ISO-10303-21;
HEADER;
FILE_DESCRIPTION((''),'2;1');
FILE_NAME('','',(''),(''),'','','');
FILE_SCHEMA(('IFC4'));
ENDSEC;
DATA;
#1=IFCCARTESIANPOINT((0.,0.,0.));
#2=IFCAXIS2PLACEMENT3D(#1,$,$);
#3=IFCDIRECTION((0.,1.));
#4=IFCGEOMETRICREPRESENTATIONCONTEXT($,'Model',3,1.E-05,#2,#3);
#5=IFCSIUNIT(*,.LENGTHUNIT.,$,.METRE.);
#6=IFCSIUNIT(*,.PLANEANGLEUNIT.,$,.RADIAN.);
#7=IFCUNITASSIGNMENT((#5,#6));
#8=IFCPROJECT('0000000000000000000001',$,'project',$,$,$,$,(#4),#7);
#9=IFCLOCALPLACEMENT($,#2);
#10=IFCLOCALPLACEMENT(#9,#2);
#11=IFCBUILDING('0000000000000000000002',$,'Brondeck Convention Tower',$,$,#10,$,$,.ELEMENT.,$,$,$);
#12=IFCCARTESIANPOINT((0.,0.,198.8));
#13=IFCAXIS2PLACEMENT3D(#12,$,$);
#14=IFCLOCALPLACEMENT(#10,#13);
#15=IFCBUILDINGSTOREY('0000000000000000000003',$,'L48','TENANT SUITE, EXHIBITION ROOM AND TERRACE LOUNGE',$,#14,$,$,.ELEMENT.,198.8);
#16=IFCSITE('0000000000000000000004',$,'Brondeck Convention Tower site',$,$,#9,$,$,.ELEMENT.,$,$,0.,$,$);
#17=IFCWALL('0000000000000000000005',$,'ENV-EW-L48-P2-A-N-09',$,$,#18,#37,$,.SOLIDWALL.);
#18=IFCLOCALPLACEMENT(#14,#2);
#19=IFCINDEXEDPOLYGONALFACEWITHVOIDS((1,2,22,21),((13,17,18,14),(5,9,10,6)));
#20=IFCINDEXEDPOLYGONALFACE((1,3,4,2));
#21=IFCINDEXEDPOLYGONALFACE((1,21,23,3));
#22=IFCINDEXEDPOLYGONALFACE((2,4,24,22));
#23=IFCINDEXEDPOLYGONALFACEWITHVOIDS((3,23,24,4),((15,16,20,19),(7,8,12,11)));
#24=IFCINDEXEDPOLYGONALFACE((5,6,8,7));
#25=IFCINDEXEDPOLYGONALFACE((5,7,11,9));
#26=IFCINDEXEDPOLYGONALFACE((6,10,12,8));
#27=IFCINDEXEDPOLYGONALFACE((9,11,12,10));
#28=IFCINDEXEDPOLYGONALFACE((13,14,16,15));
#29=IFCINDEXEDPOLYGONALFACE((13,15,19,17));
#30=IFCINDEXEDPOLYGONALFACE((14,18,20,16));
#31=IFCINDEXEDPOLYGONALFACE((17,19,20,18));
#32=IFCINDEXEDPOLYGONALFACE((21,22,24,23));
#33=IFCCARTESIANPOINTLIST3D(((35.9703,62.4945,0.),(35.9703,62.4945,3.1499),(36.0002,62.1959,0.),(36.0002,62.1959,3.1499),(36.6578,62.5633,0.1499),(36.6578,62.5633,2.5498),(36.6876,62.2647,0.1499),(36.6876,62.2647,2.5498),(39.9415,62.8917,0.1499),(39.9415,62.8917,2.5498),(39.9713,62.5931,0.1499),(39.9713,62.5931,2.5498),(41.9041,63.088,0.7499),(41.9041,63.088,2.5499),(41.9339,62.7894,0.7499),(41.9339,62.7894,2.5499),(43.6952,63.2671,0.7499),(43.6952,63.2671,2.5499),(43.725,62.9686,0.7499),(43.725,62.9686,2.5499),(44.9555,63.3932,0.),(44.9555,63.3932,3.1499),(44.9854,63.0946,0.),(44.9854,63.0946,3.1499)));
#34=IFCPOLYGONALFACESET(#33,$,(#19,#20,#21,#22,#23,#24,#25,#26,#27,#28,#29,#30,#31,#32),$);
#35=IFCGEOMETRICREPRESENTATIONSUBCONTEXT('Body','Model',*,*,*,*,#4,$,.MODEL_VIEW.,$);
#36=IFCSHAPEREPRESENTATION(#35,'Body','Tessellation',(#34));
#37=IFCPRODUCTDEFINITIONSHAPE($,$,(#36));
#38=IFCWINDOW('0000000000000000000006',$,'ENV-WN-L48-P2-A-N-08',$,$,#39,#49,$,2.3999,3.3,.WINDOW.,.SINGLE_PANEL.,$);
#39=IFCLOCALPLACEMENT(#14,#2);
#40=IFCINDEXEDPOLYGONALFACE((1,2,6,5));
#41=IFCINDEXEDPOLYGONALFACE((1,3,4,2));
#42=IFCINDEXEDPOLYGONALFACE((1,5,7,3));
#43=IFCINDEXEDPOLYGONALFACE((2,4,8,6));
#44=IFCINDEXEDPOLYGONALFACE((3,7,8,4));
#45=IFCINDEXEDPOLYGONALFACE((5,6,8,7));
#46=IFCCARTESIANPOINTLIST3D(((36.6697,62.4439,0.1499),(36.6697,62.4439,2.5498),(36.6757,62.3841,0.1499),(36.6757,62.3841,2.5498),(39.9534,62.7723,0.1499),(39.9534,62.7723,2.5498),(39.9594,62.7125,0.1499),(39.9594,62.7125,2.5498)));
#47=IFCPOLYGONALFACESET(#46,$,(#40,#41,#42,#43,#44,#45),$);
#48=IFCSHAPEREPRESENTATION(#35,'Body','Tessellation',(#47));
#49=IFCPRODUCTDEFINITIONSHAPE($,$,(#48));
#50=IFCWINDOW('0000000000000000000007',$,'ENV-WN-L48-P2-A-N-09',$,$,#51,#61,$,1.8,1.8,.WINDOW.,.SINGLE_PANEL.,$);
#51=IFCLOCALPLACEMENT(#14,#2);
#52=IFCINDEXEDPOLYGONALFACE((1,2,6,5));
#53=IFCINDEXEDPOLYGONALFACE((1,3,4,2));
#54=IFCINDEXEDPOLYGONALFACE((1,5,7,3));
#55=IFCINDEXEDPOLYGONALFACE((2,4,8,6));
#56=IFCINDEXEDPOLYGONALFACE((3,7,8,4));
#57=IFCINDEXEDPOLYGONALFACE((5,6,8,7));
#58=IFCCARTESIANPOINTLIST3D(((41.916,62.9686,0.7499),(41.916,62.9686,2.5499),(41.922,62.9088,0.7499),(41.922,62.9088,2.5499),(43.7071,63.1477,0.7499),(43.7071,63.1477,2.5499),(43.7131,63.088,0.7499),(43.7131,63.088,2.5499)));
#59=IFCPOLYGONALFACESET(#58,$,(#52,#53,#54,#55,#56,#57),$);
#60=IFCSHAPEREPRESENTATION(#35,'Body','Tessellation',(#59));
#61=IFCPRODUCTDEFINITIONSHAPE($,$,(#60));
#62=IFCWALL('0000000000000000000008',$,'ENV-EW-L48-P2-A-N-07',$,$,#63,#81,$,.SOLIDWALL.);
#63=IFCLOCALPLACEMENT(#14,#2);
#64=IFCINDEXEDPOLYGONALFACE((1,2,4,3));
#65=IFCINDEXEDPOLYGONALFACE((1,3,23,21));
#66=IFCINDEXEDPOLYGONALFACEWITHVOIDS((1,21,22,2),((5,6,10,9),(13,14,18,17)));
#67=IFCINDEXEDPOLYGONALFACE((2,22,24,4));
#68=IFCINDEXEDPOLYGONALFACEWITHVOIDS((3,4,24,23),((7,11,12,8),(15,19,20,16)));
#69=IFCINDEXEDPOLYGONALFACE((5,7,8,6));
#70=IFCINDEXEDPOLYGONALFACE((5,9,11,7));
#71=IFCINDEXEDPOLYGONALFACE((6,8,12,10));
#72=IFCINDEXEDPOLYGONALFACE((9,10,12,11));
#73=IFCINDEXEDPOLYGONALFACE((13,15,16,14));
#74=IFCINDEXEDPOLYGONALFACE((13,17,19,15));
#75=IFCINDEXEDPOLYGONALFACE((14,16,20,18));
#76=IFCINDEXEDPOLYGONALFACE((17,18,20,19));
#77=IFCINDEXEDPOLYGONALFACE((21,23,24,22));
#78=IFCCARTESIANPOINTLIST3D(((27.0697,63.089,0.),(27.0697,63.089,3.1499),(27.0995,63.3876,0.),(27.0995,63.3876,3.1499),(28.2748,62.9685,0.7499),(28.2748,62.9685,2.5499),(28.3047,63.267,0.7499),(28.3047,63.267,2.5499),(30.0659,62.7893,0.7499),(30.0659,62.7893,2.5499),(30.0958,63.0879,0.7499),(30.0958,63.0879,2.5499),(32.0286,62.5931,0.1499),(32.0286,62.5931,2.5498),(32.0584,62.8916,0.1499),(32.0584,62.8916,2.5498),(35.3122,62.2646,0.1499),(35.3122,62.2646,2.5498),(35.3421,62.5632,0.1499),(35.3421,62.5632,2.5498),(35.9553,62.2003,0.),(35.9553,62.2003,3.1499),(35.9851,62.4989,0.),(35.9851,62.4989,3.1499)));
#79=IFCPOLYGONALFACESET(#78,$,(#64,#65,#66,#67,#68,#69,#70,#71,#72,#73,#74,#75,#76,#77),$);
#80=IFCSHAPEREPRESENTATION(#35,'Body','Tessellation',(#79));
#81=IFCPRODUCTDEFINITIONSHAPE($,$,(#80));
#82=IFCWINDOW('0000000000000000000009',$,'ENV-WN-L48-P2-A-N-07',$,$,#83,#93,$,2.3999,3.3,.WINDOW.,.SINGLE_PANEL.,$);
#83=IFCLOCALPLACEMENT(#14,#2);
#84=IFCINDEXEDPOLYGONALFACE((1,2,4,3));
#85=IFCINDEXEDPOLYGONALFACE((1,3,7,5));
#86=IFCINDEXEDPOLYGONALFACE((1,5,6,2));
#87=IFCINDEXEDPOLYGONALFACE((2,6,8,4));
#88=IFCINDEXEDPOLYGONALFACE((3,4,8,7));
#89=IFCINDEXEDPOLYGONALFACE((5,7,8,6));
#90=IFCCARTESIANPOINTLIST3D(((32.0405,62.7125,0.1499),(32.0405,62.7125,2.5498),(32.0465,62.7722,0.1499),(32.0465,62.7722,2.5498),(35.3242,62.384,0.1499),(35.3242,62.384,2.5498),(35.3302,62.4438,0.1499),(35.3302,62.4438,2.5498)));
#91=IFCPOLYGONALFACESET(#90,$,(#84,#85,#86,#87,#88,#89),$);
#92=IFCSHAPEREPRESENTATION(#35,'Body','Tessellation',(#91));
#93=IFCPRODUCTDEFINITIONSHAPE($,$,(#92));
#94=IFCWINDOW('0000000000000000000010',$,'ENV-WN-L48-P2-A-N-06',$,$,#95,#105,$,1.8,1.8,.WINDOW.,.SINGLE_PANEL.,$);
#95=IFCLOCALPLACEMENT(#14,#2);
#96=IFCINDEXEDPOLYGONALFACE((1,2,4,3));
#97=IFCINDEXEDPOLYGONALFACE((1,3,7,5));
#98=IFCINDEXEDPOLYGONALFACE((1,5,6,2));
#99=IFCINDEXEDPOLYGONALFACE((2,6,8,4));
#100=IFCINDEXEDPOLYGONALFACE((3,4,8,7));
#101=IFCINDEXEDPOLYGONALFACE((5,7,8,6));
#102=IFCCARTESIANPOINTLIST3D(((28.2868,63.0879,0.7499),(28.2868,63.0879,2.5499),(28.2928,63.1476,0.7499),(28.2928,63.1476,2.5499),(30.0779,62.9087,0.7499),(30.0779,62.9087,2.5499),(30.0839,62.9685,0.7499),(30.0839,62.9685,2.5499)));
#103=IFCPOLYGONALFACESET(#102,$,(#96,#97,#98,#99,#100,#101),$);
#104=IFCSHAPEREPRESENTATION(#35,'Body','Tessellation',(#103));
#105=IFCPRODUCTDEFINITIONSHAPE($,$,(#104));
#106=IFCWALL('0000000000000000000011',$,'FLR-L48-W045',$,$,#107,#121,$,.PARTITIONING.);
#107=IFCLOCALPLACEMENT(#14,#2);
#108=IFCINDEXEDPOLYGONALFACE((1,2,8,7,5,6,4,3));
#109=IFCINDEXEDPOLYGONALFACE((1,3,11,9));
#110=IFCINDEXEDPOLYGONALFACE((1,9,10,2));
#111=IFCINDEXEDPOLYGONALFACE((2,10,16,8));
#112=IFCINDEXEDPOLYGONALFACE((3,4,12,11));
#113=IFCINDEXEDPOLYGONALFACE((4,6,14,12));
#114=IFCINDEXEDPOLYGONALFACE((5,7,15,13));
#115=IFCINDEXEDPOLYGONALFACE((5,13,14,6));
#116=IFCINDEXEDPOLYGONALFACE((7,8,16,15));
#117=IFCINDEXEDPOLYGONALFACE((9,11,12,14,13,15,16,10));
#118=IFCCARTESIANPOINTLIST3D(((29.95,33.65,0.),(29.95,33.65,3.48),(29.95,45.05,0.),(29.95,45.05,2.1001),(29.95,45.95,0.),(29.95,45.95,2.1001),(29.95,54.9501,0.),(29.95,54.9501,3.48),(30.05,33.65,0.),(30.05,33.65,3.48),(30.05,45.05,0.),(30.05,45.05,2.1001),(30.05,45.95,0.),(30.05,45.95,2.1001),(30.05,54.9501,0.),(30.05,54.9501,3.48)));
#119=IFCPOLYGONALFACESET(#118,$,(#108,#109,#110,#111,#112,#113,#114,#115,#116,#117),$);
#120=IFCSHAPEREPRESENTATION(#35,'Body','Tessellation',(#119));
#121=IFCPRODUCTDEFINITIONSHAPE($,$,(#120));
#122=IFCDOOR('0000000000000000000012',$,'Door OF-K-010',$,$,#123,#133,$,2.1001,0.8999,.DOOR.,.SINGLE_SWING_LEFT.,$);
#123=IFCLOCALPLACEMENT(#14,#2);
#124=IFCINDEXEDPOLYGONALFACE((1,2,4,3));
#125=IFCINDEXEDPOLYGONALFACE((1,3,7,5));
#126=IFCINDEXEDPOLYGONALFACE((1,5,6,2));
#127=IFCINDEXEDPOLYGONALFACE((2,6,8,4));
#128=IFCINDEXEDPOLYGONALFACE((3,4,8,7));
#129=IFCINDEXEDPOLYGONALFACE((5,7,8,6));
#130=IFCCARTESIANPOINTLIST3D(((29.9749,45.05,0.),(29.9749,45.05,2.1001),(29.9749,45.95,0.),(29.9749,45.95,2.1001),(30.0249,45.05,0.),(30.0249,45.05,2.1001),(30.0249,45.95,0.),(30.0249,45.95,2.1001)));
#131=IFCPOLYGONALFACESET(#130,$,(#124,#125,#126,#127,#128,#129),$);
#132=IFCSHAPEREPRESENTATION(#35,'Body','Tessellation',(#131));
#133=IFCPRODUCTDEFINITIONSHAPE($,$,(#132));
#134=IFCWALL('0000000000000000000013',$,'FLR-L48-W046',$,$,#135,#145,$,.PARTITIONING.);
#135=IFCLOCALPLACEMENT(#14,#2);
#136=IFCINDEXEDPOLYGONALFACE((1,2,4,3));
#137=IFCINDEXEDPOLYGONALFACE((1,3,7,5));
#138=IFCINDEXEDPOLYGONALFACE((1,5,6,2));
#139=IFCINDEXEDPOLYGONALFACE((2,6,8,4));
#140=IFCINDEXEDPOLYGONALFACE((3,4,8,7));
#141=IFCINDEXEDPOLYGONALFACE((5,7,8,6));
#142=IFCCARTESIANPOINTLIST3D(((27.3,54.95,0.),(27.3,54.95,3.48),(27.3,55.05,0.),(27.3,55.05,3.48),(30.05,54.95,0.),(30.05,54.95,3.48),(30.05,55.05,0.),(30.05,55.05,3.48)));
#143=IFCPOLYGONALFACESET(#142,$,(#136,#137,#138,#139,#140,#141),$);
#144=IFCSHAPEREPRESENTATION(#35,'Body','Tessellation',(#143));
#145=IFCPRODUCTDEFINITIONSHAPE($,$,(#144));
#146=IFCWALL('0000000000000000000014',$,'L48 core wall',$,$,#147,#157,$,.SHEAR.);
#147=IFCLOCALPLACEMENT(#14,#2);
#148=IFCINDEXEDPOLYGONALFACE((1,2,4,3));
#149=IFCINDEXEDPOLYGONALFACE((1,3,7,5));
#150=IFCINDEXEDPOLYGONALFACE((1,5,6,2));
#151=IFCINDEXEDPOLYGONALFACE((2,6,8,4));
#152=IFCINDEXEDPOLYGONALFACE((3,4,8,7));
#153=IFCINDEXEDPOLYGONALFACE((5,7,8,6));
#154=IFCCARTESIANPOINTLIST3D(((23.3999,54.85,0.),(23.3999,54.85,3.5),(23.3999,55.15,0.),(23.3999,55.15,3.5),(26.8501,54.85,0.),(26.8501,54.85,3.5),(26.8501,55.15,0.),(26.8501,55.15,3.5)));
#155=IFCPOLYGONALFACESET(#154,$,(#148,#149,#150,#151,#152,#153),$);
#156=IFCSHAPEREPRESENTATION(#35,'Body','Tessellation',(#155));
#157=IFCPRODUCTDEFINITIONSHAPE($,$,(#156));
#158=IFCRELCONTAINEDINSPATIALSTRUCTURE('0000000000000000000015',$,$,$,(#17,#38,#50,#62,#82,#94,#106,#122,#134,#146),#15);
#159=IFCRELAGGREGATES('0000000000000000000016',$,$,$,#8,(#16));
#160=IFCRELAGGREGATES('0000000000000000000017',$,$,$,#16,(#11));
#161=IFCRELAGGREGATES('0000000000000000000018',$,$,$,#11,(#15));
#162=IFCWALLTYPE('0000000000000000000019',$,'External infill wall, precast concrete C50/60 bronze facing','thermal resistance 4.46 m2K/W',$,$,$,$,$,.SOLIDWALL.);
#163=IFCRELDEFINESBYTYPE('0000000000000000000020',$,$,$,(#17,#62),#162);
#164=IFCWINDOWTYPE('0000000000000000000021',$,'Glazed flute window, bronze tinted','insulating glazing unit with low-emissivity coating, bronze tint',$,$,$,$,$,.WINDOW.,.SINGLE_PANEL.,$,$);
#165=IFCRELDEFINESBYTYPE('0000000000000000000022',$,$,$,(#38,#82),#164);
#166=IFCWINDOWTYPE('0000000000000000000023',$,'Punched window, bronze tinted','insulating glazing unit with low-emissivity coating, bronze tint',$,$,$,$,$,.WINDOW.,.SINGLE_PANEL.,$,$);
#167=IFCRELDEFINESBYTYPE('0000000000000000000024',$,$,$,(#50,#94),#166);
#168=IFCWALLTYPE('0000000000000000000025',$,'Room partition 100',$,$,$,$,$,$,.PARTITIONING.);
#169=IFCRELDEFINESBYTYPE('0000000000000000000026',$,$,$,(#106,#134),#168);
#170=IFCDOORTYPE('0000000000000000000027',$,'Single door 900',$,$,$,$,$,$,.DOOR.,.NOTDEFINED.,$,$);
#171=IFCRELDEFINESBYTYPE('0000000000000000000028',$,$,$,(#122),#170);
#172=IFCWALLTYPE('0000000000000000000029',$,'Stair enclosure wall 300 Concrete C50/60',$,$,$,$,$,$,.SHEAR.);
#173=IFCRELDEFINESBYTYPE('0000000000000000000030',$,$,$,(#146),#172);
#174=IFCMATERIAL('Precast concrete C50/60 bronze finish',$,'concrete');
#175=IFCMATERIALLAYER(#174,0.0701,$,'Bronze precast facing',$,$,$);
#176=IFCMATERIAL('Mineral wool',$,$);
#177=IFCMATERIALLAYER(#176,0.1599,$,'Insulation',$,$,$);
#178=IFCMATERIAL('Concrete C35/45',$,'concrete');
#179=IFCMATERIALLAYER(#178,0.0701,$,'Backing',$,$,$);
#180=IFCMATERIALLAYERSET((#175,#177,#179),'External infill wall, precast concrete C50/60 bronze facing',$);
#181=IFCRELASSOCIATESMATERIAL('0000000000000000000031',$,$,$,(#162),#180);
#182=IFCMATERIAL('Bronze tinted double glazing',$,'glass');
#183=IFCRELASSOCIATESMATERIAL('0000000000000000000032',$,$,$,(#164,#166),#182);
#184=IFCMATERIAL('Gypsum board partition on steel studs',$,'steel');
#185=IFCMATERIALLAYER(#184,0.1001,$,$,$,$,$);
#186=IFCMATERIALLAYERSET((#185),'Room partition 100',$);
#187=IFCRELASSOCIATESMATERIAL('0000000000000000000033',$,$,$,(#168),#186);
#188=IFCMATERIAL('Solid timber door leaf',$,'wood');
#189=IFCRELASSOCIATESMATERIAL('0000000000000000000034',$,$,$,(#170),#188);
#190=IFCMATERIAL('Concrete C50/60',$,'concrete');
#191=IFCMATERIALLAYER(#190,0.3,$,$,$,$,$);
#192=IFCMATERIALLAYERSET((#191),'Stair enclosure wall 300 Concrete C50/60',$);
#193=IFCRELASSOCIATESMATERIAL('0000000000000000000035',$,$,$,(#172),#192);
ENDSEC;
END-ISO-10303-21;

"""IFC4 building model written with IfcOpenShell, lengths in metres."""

from ifc_helpers import new_model, si_unit, direction, frame, frame_2d, origin, place, context, subcontext, project, spatial, rectangle, extrude, material, layer, layer_set, type_object, element, fill, save


model = new_model("IFC4")

# Units and contexts
model_context = context("Model", 3, precision=1e-05, world=origin(), true_north=direction((0.0, 1.0)))
body_context = subcontext(model_context, "Body", "Model", "MODEL_VIEW")
ifc_project = project(units=[si_unit("LENGTHUNIT", "METRE"), si_unit("PLANEANGLEUNIT", "RADIAN")], contexts=[model_context])

# Site, building, storey
site_placement = place(None, origin())
site = spatial("IfcSite", under=ifc_project, at=site_placement, Name="Brondeck Convention Tower site", CompositionType="ELEMENT", RefElevation=0.0)
building_placement = place(site_placement, origin())
building = spatial("IfcBuilding", under=site, at=building_placement, Name="Brondeck Convention Tower", CompositionType="ELEMENT")
storey_placement = place(building_placement, frame((0.0, 0.0, 198.8)))
storey = spatial("IfcBuildingStorey", under=building, at=storey_placement, Name="L48", Description="TENANT SUITE, EXHIBITION ROOM AND TERRACE LOUNGE", CompositionType="ELEMENT", Elevation=198.8)

# Shared definitions
ifc_material_1 = material(Name="Concrete C50/60", Category="concrete")

# Walls, openings, windows
ifc_material_2 = material(Name="Precast concrete C50/60 bronze finish", Category="concrete")
ifc_layer_1 = layer(ifc_material_2, 0.0701, Name="Bronze precast facing")
ifc_material_3 = material(Name="Mineral wool")
ifc_layer_2 = layer(ifc_material_3, 0.1599, Name="Insulation")
ifc_material_4 = material(Name="Concrete C35/45", Category="concrete")
ifc_layer_3 = layer(ifc_material_4, 0.0701, Name="Backing")
ifc_layer_set_1 = layer_set([ifc_layer_1, ifc_layer_2, ifc_layer_3], Name="External infill wall, precast concrete C50/60 bronze facing")
wall_type_1 = type_object("IfcWallType", Name="External infill wall, precast concrete C50/60 bronze facing", Description="thermal resistance 4.46 m2K/W", PredefinedType="SOLIDWALL", material=ifc_layer_set_1)
wall_1_placement = place(storey_placement, frame((35.9851, 62.3452, 0.0), z_axis=(0.0, 0.0, 1.0), x_axis=(0.995035, 0.099522, 0.0)))
wall_1 = element("IfcWall", 1, at=wall_1_placement, inside=storey, type_object=wall_type_1, Name="ENV-EW-L48-P2-A-N-09", PredefinedType="SOLIDWALL", context=body_context, shape_type="SweptSolid", body=[
    extrude(rectangle(XDim=9.03, YDim=0.3, at=frame_2d((4.5151, 0.0))), origin(), (0.0, 0.0, 1.0), 3.1499),
])
opening_1_placement = place(wall_1_placement, frame((0.6912, 0.0, 0.1499)))
opening_1 = element("IfcOpeningElement", 2, at=opening_1_placement, cuts=wall_1, PredefinedType="OPENING", context=body_context, shape_type="SweptSolid", body=[
    extrude(rectangle(XDim=3.3, YDim=2.3999, at=frame_2d((1.6499, 1.2))), frame((0.0, 0.1599, 0.0), z_axis=(0.0, -1.0, 0.0), x_axis=(1.0, 0.0, 0.0)), (0.0, 0.0, 1.0), 0.3201),
])
opening_2_placement = place(wall_1_placement, frame((5.9636, 0.0, 0.75)))
opening_2 = element("IfcOpeningElement", 3, at=opening_2_placement, cuts=wall_1, PredefinedType="OPENING", context=body_context, shape_type="SweptSolid", body=[
    extrude(rectangle(XDim=1.8, YDim=1.8, at=frame_2d((0.8999, 0.8999))), frame((0.0, 0.1599, 0.0), z_axis=(0.0, -1.0, 0.0), x_axis=(1.0, 0.0, 0.0)), (0.0, 0.0, 1.0), 0.3201),
])
ifc_material_5 = material(Name="Bronze tinted double glazing", Category="glass")
window_type_1 = type_object("IfcWindowType", Name="Glazed flute window, bronze tinted", Description="insulating glazing unit with low-emissivity coating, bronze tint", PartitioningType="SINGLE_PANEL", PredefinedType="WINDOW", material=ifc_material_5)
window_1_placement = place(opening_1_placement, origin())
window_1 = element("IfcWindow", 4, at=window_1_placement, inside=storey, type_object=window_type_1, Name="ENV-WN-L48-P2-A-N-08", OverallHeight=2.3999, OverallWidth=3.3, PartitioningType="SINGLE_PANEL", PredefinedType="WINDOW", context=body_context, shape_type="SweptSolid", body=[
    extrude(rectangle(XDim=3.3, YDim=2.3999, at=frame_2d((1.6499, 1.2))), frame((0.0, 0.03, 0.0), z_axis=(0.0, -1.0, 0.0), x_axis=(1.0, 0.0, 0.0)), (0.0, 0.0, 1.0), 0.0601),
])
fill(opening_1, window_1)
window_type_2 = type_object("IfcWindowType", Name="Punched window, bronze tinted", Description="insulating glazing unit with low-emissivity coating, bronze tint", PartitioningType="SINGLE_PANEL", PredefinedType="WINDOW", material=ifc_material_5)
window_2_placement = place(opening_2_placement, origin())
window_2 = element("IfcWindow", 5, at=window_2_placement, inside=storey, type_object=window_type_2, Name="ENV-WN-L48-P2-A-N-09", OverallHeight=1.8, OverallWidth=1.8, PartitioningType="SINGLE_PANEL", PredefinedType="WINDOW", context=body_context, shape_type="SweptSolid", body=[
    extrude(rectangle(XDim=1.8, YDim=1.8, at=frame_2d((0.8999, 0.8999))), frame((0.0, 0.03, 0.0), z_axis=(0.0, -1.0, 0.0), x_axis=(1.0, 0.0, 0.0)), (0.0, 0.0, 1.0), 0.0601),
])
fill(opening_2, window_2)
wall_2_placement = place(storey_placement, frame((27.0847, 63.2383, 0.0), z_axis=(0.0, 0.0, 1.0), x_axis=(0.995036, -0.099517, 0.0)))
wall_2 = element("IfcWall", 6, at=wall_2_placement, inside=storey, type_object=wall_type_1, Name="ENV-EW-L48-P2-A-N-07", PredefinedType="SOLIDWALL", context=body_context, shape_type="SweptSolid", body=[
    extrude(rectangle(XDim=8.9299, YDim=0.3, at=frame_2d((4.4648, 0.0))), origin(), (0.0, 0.0, 1.0), 3.1499),
])
opening_3_placement = place(wall_2_placement, frame((1.2112, 0.0, 0.75)))
opening_3 = element("IfcOpeningElement", 7, at=opening_3_placement, cuts=wall_2, PredefinedType="OPENING", context=body_context, shape_type="SweptSolid", body=[
    extrude(rectangle(XDim=1.8, YDim=1.8, at=frame_2d((0.8999, 0.8999))), frame((0.0, 0.1599, 0.0), z_axis=(0.0, -1.0, 0.0), x_axis=(1.0, 0.0, 0.0)), (0.0, 0.0, 1.0), 0.3201),
])
opening_4_placement = place(wall_2_placement, frame((4.9836, 0.0, 0.1499)))
opening_4 = element("IfcOpeningElement", 8, at=opening_4_placement, cuts=wall_2, PredefinedType="OPENING", context=body_context, shape_type="SweptSolid", body=[
    extrude(rectangle(XDim=3.3, YDim=2.3999, at=frame_2d((1.6499, 1.2))), frame((0.0, 0.1599, 0.0), z_axis=(0.0, -1.0, 0.0), x_axis=(1.0, 0.0, 0.0)), (0.0, 0.0, 1.0), 0.3201),
])
window_3_placement = place(opening_4_placement, origin())
window_3 = element("IfcWindow", 9, at=window_3_placement, inside=storey, type_object=window_type_1, Name="ENV-WN-L48-P2-A-N-07", OverallHeight=2.3999, OverallWidth=3.3, PartitioningType="SINGLE_PANEL", PredefinedType="WINDOW", context=body_context, shape_type="SweptSolid", body=[
    extrude(rectangle(XDim=3.3, YDim=2.3999, at=frame_2d((1.6499, 1.2))), frame((0.0, 0.03, 0.0), z_axis=(0.0, -1.0, 0.0), x_axis=(1.0, 0.0, 0.0)), (0.0, 0.0, 1.0), 0.0601),
])
fill(opening_4, window_3)
window_4_placement = place(opening_3_placement, origin())
window_4 = element("IfcWindow", 10, at=window_4_placement, inside=storey, type_object=window_type_2, Name="ENV-WN-L48-P2-A-N-06", OverallHeight=1.8, OverallWidth=1.8, PartitioningType="SINGLE_PANEL", PredefinedType="WINDOW", context=body_context, shape_type="SweptSolid", body=[
    extrude(rectangle(XDim=1.8, YDim=1.8, at=frame_2d((0.8999, 0.8999))), frame((0.0, 0.03, 0.0), z_axis=(0.0, -1.0, 0.0), x_axis=(1.0, 0.0, 0.0)), (0.0, 0.0, 1.0), 0.0601),
])
fill(opening_3, window_4)

# Wall, opening, door
ifc_material_6 = material(Name="Gypsum board partition on steel studs", Category="steel")
ifc_layer_4 = layer(ifc_material_6, 0.1001)
ifc_layer_set_2 = layer_set([ifc_layer_4], Name="Room partition 100")
wall_type_2 = type_object("IfcWallType", Name="Room partition 100", PredefinedType="PARTITIONING", material=ifc_layer_set_2)
wall_3_placement = place(storey_placement, frame((30.0, 54.95, 0.0), z_axis=(0.0, 0.0, 1.0), x_axis=(0.0, -1.0, 0.0)))
wall_3 = element("IfcWall", 11, at=wall_3_placement, inside=storey, type_object=wall_type_2, Name="FLR-L48-W045", PredefinedType="PARTITIONING", context=body_context, shape_type="SweptSolid", body=[
    extrude(rectangle(XDim=21.3, YDim=0.1001, at=frame_2d((10.6499, 0.0))), origin(), (0.0, 0.0, 1.0), 3.48),
])
opening_5_placement = place(wall_3_placement, frame((9.0, 0.0, 0.0)))
opening_5 = element("IfcOpeningElement", 12, at=opening_5_placement, cuts=wall_3, PredefinedType="OPENING", context=body_context, shape_type="SweptSolid", body=[
    extrude(rectangle(XDim=0.8999, YDim=2.1001, at=frame_2d((0.45, 1.05))), frame((0.0, 0.0601, 0.0), z_axis=(0.0, -1.0, 0.0), x_axis=(1.0, 0.0, 0.0)), (0.0, 0.0, 1.0), 0.1201),
])
ifc_material_7 = material(Name="Solid timber door leaf", Category="wood")
door_type_1 = type_object("IfcDoorType", Name="Single door 900", OperationType="NOTDEFINED", PredefinedType="DOOR", material=ifc_material_7)
door_1_placement = place(opening_5_placement, origin())
door_1 = element("IfcDoor", 13, at=door_1_placement, inside=storey, type_object=door_type_1, Name="Door OF-K-010", OperationType="SINGLE_SWING_LEFT", OverallHeight=2.1001, OverallWidth=0.8999, PredefinedType="DOOR", context=body_context, shape_type="SweptSolid", body=[
    extrude(rectangle(XDim=0.8999, YDim=2.1001, at=frame_2d((0.45, 1.05))), frame((0.0, 0.0249, 0.0), z_axis=(0.0, -1.0, 0.0), x_axis=(1.0, 0.0, 0.0)), (0.0, 0.0, 1.0), 0.05),
])
fill(opening_5, door_1)

# Walls
wall_4_placement = place(storey_placement, frame((27.3, 55.0, 0.0), z_axis=(0.0, 0.0, 1.0), x_axis=(1.0, 0.0, 0.0)))
element("IfcWall", 14, at=wall_4_placement, inside=storey, type_object=wall_type_2, Name="FLR-L48-W046", PredefinedType="PARTITIONING", context=body_context, shape_type="SweptSolid", body=[
    extrude(rectangle(XDim=2.75, YDim=0.1001, at=frame_2d((1.375, 0.0))), origin(), (0.0, 0.0, 1.0), 3.48),
])
ifc_layer_5 = layer(ifc_material_1, 0.3)
ifc_layer_set_3 = layer_set([ifc_layer_5], Name="Stair enclosure wall 300 Concrete C50/60")
wall_type_3 = type_object("IfcWallType", Name="Stair enclosure wall 300 Concrete C50/60", PredefinedType="SHEAR", material=ifc_layer_set_3)
wall_5_placement = place(storey_placement, frame((23.3999, 55.0, 0.0), z_axis=(0.0, 0.0, 1.0), x_axis=(1.0, 0.0, 0.0)))
element("IfcWall", 15, at=wall_5_placement, inside=storey, type_object=wall_type_3, Name="L48 core wall", PredefinedType="SHEAR", context=body_context, shape_type="SweptSolid", body=[
    extrude(rectangle(XDim=3.4502, YDim=0.3, at=frame_2d((1.7251, 0.0))), origin(), (0.0, 0.0, 1.0), 3.5),
])

save(model, "model.ifc")
